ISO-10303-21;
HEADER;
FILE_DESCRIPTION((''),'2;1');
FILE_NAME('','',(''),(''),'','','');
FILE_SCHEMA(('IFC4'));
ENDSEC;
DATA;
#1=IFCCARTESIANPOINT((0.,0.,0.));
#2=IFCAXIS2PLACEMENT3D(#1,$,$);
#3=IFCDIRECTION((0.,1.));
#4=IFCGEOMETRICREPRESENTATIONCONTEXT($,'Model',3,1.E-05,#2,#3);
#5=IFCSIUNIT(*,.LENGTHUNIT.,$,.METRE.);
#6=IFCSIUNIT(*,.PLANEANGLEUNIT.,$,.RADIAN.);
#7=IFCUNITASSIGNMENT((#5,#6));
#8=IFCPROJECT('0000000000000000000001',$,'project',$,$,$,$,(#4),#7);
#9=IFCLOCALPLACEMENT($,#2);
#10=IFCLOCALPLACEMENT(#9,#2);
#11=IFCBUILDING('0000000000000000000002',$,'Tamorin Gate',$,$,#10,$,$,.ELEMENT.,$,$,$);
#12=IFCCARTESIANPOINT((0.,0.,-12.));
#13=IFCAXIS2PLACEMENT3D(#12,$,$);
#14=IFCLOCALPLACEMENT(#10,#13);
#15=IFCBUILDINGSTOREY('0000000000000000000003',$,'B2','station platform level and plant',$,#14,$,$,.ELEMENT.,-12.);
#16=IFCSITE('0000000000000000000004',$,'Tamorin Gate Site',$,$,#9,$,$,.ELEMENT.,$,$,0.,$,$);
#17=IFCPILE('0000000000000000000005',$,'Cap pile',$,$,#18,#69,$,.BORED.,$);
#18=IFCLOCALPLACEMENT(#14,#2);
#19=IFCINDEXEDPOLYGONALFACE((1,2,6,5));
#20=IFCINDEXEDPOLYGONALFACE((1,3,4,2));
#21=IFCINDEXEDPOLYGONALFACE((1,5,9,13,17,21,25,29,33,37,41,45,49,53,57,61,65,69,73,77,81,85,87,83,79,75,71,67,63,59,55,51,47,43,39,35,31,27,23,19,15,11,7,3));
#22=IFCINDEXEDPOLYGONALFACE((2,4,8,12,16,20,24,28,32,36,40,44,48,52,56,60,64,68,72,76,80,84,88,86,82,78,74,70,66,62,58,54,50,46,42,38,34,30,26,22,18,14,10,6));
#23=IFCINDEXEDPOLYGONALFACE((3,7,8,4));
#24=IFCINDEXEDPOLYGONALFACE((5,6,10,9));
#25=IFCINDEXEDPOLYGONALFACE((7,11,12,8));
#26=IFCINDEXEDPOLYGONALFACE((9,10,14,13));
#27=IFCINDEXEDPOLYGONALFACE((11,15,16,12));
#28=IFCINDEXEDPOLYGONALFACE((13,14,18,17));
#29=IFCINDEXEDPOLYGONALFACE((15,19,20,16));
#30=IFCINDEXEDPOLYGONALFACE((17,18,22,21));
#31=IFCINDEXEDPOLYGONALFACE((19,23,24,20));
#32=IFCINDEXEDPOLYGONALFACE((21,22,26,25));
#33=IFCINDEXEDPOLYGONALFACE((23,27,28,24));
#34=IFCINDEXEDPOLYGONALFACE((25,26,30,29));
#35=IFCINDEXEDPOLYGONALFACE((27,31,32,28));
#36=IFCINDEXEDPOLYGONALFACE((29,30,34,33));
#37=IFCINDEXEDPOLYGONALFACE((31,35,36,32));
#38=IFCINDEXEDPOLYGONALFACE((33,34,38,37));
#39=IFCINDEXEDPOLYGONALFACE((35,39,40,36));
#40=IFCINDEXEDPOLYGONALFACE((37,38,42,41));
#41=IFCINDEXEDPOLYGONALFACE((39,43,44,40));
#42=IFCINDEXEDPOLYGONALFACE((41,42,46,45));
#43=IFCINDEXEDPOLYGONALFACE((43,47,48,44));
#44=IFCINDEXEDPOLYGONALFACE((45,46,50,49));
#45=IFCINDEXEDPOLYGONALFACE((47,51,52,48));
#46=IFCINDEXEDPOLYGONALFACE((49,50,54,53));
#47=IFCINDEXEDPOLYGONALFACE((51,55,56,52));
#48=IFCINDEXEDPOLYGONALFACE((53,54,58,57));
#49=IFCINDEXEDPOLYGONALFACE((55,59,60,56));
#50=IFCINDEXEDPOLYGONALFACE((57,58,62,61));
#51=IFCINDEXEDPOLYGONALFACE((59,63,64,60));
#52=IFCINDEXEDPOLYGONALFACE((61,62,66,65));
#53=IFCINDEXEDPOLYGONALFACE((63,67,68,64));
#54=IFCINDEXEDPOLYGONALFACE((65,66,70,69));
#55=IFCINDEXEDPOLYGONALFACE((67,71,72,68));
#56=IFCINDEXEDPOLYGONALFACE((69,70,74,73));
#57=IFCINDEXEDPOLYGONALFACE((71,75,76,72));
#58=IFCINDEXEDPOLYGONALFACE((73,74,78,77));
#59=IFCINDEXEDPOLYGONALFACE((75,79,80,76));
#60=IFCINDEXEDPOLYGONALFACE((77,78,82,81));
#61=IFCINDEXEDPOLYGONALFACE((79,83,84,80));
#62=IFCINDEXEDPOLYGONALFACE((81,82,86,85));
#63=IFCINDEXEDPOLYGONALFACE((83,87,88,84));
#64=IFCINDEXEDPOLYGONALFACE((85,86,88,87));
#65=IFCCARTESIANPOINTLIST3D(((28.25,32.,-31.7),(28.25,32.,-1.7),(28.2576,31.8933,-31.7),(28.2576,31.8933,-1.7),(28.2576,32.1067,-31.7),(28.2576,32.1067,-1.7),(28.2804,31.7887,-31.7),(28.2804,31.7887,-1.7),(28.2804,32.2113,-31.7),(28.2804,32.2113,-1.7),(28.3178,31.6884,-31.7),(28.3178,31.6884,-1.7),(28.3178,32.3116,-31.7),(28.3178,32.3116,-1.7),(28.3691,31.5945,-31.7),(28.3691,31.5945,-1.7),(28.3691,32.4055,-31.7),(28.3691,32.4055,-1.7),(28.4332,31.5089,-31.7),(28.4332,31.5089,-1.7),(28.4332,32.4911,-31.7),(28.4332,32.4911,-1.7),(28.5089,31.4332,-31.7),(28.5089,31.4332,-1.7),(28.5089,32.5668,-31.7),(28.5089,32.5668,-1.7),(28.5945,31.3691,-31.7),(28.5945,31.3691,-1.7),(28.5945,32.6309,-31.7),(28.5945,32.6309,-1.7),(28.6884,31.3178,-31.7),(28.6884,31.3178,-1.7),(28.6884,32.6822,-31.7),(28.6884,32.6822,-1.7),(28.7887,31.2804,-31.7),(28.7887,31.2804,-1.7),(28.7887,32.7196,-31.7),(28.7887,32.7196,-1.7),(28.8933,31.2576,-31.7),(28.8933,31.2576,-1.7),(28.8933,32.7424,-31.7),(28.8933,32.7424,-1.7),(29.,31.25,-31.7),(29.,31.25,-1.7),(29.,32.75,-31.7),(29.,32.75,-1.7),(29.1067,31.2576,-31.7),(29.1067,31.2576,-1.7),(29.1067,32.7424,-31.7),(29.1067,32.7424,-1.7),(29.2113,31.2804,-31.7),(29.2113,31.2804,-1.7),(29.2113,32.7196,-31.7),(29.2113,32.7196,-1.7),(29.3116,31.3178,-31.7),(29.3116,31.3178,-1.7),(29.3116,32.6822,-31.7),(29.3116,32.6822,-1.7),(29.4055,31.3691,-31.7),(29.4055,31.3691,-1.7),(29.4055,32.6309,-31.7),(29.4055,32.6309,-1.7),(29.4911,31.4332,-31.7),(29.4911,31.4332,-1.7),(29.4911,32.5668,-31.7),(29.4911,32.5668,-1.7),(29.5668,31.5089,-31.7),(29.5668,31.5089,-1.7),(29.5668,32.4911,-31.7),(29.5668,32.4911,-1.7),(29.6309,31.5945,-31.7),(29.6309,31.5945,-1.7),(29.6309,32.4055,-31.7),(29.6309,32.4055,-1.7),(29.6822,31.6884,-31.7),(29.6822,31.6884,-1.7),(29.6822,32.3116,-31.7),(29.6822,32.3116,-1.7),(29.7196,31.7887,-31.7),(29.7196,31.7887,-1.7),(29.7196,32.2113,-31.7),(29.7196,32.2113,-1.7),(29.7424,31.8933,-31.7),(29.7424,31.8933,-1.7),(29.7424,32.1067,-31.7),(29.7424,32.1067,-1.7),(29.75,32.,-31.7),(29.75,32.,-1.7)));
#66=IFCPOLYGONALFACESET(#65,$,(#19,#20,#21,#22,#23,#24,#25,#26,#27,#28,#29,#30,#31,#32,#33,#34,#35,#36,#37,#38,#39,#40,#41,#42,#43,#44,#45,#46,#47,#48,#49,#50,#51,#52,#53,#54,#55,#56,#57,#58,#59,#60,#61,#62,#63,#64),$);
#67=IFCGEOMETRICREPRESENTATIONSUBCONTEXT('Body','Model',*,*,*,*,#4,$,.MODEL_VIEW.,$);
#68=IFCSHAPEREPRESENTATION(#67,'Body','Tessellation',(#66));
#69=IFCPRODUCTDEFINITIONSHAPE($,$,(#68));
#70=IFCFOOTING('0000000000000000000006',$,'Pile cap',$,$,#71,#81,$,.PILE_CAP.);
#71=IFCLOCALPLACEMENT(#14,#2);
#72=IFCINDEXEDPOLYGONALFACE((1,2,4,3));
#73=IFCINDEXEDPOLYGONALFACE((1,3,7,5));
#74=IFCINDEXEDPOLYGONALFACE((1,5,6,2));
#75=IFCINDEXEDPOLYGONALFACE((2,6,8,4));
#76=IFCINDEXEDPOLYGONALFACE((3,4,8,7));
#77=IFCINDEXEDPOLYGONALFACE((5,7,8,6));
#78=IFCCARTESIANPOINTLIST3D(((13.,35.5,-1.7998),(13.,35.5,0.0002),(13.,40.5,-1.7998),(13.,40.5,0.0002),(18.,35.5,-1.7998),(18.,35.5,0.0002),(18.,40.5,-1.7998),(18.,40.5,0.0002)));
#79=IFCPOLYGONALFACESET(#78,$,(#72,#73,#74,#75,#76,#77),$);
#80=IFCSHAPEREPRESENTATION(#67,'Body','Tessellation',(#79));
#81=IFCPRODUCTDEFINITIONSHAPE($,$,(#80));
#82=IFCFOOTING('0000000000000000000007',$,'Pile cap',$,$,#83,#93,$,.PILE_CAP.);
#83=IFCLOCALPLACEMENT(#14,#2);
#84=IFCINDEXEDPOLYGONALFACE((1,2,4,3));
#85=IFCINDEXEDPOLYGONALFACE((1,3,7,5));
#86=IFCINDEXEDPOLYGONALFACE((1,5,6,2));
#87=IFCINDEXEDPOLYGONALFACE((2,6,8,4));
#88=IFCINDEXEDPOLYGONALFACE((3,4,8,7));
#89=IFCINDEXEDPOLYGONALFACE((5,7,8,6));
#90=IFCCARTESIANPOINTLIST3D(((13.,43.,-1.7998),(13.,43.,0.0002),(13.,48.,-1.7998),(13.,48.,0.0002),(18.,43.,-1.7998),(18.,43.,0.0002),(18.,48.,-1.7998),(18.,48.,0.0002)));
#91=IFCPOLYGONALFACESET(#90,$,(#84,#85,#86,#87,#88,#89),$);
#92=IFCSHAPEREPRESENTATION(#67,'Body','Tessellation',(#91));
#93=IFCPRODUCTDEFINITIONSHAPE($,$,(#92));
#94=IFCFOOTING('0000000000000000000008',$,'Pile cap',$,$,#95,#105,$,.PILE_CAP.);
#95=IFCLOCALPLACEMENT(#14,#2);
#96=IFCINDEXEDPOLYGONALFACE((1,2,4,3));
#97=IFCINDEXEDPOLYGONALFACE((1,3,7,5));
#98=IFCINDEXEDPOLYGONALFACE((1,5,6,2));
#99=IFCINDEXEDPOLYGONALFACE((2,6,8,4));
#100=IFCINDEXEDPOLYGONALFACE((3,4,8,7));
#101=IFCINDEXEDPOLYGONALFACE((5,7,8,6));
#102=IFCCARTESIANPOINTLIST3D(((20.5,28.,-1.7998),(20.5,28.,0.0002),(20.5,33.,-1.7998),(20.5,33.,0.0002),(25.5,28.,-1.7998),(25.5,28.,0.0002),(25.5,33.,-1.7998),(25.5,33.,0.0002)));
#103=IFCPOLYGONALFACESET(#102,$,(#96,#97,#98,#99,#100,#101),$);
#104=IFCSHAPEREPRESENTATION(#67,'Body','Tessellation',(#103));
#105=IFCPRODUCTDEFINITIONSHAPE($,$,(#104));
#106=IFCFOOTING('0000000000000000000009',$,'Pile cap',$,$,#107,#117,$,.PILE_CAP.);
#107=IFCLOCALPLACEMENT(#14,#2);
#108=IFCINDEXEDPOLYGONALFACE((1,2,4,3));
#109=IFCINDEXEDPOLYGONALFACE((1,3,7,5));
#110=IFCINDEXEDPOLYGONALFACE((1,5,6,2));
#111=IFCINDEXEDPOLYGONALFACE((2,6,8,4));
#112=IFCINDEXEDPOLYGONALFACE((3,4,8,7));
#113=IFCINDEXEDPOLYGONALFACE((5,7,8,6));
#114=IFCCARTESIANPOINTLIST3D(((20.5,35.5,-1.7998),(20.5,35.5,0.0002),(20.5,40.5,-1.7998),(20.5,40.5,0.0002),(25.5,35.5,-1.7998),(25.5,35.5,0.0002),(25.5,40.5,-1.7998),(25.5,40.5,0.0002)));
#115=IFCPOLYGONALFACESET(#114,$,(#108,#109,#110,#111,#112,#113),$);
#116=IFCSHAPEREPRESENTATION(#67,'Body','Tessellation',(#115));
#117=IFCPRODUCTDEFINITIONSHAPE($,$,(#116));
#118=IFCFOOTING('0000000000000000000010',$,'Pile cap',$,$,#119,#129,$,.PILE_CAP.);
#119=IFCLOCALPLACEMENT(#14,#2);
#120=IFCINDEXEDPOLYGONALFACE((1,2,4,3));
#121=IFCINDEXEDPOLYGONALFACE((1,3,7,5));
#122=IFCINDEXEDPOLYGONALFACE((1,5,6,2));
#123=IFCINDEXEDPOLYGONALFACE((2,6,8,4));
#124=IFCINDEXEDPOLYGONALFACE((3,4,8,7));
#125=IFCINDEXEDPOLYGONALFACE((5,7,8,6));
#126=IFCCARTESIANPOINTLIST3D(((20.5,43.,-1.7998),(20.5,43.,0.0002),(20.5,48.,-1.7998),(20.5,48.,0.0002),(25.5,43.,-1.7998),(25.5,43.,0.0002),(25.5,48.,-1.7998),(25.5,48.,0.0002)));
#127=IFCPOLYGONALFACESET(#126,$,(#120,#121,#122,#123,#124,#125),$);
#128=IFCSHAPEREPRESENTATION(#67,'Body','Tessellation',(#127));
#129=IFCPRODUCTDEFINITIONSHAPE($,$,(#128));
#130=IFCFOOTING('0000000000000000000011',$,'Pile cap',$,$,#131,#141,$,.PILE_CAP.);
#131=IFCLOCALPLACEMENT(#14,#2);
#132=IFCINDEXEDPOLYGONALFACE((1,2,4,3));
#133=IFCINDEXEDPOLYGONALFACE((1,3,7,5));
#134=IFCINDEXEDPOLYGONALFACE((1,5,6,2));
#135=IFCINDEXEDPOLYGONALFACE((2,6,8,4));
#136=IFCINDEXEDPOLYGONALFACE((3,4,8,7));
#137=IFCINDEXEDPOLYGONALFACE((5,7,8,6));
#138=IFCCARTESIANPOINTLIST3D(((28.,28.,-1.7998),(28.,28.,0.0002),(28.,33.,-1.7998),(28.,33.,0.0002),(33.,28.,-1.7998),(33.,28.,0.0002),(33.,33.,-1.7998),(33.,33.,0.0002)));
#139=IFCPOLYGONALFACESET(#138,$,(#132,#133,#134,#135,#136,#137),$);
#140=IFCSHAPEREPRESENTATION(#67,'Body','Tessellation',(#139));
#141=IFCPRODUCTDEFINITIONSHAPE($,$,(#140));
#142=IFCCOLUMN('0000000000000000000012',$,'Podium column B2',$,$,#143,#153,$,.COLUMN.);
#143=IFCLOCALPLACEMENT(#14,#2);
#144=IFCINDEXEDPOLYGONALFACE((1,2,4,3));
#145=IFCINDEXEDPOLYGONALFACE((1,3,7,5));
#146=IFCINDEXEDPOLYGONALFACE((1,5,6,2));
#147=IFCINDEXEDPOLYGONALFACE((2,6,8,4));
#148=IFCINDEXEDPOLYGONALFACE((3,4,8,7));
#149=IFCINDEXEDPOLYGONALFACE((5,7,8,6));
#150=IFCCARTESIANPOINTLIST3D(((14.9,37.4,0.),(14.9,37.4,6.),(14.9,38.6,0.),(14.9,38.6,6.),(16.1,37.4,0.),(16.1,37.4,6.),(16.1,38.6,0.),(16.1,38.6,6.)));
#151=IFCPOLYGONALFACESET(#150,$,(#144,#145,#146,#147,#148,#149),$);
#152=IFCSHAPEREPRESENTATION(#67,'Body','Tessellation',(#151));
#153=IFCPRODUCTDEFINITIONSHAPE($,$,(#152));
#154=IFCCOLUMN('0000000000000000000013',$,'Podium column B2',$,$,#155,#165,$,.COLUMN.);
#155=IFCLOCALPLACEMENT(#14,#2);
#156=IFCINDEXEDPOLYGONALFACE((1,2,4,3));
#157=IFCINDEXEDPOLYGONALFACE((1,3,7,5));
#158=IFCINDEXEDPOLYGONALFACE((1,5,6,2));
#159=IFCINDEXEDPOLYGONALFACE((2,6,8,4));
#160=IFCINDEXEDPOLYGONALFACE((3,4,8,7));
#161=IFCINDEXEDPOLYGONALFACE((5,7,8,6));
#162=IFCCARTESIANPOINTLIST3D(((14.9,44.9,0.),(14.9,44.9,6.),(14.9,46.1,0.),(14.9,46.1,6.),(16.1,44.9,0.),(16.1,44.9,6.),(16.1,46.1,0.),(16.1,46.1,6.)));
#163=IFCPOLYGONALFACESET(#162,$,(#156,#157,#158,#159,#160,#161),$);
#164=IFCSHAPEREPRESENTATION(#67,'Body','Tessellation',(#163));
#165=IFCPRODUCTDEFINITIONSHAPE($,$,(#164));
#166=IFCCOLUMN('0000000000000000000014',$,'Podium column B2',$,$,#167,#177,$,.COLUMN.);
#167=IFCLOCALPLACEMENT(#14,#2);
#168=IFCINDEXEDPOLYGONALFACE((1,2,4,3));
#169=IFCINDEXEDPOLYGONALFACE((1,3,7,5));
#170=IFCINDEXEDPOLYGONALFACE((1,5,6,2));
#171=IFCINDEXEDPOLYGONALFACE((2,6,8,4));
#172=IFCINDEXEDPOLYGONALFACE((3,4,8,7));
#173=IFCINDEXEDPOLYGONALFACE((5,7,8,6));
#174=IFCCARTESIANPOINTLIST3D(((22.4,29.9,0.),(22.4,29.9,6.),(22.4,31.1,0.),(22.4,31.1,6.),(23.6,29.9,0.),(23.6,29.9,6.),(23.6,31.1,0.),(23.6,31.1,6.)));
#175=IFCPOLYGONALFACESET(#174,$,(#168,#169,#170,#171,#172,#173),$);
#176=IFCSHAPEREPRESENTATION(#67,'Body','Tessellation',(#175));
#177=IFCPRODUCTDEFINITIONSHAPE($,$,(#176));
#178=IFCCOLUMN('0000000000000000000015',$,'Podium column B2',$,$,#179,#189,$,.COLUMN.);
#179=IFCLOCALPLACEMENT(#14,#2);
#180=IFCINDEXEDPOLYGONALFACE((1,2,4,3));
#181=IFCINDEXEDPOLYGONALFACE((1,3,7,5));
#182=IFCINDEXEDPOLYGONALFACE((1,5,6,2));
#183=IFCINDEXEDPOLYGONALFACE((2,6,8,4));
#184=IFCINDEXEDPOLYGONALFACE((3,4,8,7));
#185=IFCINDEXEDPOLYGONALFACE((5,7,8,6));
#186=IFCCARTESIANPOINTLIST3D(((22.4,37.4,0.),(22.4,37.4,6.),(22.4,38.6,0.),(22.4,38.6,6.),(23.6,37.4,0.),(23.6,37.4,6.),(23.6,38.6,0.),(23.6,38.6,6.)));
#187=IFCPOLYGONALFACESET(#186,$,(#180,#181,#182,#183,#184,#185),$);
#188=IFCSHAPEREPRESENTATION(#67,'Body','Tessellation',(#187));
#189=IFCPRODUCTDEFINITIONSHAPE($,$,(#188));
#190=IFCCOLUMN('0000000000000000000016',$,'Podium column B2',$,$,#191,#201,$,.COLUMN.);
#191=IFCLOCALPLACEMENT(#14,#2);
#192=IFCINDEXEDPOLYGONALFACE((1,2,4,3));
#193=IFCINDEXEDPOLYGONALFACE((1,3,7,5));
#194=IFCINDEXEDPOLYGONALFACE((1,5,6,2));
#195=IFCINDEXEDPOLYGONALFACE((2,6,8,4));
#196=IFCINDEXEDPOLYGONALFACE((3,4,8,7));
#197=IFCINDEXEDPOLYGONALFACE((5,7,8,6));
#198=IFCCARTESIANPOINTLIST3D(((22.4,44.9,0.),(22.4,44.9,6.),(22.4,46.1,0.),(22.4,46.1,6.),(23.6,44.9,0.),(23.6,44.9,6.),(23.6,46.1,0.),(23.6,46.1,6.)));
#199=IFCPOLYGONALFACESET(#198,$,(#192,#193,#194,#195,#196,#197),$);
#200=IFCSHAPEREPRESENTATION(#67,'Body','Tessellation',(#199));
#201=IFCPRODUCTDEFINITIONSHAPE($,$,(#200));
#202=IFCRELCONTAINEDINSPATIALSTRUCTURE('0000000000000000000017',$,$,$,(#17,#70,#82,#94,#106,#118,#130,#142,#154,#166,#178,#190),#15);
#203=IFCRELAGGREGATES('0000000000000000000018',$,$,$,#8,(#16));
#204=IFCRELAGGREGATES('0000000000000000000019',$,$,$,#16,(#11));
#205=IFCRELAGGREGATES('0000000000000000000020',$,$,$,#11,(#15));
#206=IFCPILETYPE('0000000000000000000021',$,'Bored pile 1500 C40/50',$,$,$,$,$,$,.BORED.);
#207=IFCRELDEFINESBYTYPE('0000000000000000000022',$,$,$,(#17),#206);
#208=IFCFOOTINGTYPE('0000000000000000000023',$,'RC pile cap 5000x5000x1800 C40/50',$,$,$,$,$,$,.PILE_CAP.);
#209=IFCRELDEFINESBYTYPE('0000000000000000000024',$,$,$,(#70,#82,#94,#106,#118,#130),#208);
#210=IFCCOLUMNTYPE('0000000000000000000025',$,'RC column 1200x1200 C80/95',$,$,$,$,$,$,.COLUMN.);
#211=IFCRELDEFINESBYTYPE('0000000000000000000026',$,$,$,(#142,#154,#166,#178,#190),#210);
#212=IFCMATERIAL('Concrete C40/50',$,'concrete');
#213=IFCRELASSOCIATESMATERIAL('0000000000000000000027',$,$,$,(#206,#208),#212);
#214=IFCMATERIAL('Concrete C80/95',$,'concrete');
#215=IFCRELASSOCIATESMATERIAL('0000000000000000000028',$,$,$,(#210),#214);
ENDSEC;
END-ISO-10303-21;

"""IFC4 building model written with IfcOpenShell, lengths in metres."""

from ifc_helpers import new_model, si_unit, direction, frame, origin, origin_2d, place, context, subcontext, project, spatial, rectangle, circle, extrude, material, material_profile, profile_set, type_object, element, save


model = new_model("IFC4")

# Units and contexts
model_context = context("Model", 3, precision=1e-05, world=origin(), true_north=direction((0.0, 1.0)))
body_context = subcontext(model_context, "Body", "Model", "MODEL_VIEW")
ifc_project = project(units=[si_unit("LENGTHUNIT", "METRE"), si_unit("PLANEANGLEUNIT", "RADIAN")], contexts=[model_context])

# Site, building, storey
site_placement = place(None, origin())
site = spatial("IfcSite", under=ifc_project, at=site_placement, Name="Tamorin Gate Site", CompositionType="ELEMENT", RefElevation=0.0)
building_placement = place(site_placement, origin())
building = spatial("IfcBuilding", under=site, at=building_placement, Name="Tamorin Gate", CompositionType="ELEMENT")
storey_placement = place(building_placement, frame((0.0, 0.0, -12.0)))
storey = spatial("IfcBuildingStorey", under=building, at=storey_placement, Name="B2", Description="station platform level and plant", CompositionType="ELEMENT", Elevation=-12.0)

# Pile
ifc_material_1 = material(Name="Concrete C40/50", Category="concrete")
ifc_material_profile_1 = material_profile(ifc_material_1, circle(Radius=0.75, at=origin_2d()))
ifc_profile_set_1 = profile_set([ifc_material_profile_1], Name="Concrete C40/50")
pile_type = type_object("IfcPileType", Name="Bored pile 1500 C40/50", PredefinedType="BORED", material=ifc_profile_set_1)
for number, where, z_axis, x_axis, name in (
    (1, (29.0, 32.0, -1.7), (0.0, 0.0, -1.0), (1.0, 0.0, 0.0), "Cap pile"),
):
    element("IfcPile", number, at=place(storey_placement, frame(where, z_axis=z_axis, x_axis=x_axis)), inside=storey, type_object=pile_type, Name=name, PredefinedType="BORED", context=body_context, shape_type="SweptSolid", body=[
        extrude(circle(Radius=0.75, at=origin_2d()), origin(), (0.0, 0.0, 1.0), 30.0),
    ])

# Footings
footing_type = type_object("IfcFootingType", Name="RC pile cap 5000x5000x1800 C40/50", PredefinedType="PILE_CAP", material=ifc_material_1)
for number, where, z_axis, x_axis, name in (
    (2, (15.5, 38.0, -1.7998), (0.0, 0.0, 1.0), (1.0, 0.0, 0.0), "Pile cap"),
    (3, (15.5, 45.5, -1.7998), (0.0, 0.0, 1.0), (1.0, 0.0, 0.0), "Pile cap"),
    (4, (23.0, 30.5, -1.7998), (0.0, 0.0, 1.0), (1.0, 0.0, 0.0), "Pile cap"),
    (5, (23.0, 38.0, -1.7998), (0.0, 0.0, 1.0), (1.0, 0.0, 0.0), "Pile cap"),
    (6, (23.0, 45.5, -1.7998), (0.0, 0.0, 1.0), (1.0, 0.0, 0.0), "Pile cap"),
    (7, (30.5, 30.5, -1.7998), (0.0, 0.0, 1.0), (1.0, 0.0, 0.0), "Pile cap"),
):
    element("IfcFooting", number, at=place(storey_placement, frame(where, z_axis=z_axis, x_axis=x_axis)), inside=storey, type_object=footing_type, Name=name, PredefinedType="PILE_CAP", context=body_context, shape_type="SweptSolid", body=[
        extrude(rectangle(XDim=5.0, YDim=5.0, at=origin_2d()), origin(), (0.0, 0.0, 1.0), 1.8),
    ])

# Columns
ifc_material_2 = material(Name="Concrete C80/95", Category="concrete")
ifc_material_profile_2 = material_profile(ifc_material_2, rectangle(XDim=1.2, YDim=1.2, at=origin_2d()), Name="RC 1200x1200")
ifc_profile_set_2 = profile_set([ifc_material_profile_2], Name="Concrete C80/95")
column_type = type_object("IfcColumnType", Name="RC column 1200x1200 C80/95", PredefinedType="COLUMN", material=ifc_profile_set_2)
for number, where, z_axis, x_axis, name in (
    (8, (15.5, 38.0, 0.0), (0.0, 0.0, 1.0), (1.0, 0.0, 0.0), "Podium column B2"),
    (9, (15.5, 45.5, 0.0), (0.0, 0.0, 1.0), (1.0, 0.0, 0.0), "Podium column B2"),
    (10, (23.0, 30.5, 0.0), (0.0, 0.0, 1.0), (1.0, 0.0, 0.0), "Podium column B2"),
    (11, (23.0, 38.0, 0.0), (0.0, 0.0, 1.0), (1.0, 0.0, 0.0), "Podium column B2"),
    (12, (23.0, 45.5, 0.0), (0.0, 0.0, 1.0), (1.0, 0.0, 0.0), "Podium column B2"),
):
    element("IfcColumn", number, at=place(storey_placement, frame(where, z_axis=z_axis, x_axis=x_axis)), inside=storey, type_object=column_type, Name=name, PredefinedType="COLUMN", context=body_context, shape_type="SweptSolid", body=[
        extrude(rectangle(XDim=1.2, YDim=1.2, at=origin_2d()), origin(), (0.0, 0.0, 1.0), 6.0),
    ])

save(model, "model.ifc")
